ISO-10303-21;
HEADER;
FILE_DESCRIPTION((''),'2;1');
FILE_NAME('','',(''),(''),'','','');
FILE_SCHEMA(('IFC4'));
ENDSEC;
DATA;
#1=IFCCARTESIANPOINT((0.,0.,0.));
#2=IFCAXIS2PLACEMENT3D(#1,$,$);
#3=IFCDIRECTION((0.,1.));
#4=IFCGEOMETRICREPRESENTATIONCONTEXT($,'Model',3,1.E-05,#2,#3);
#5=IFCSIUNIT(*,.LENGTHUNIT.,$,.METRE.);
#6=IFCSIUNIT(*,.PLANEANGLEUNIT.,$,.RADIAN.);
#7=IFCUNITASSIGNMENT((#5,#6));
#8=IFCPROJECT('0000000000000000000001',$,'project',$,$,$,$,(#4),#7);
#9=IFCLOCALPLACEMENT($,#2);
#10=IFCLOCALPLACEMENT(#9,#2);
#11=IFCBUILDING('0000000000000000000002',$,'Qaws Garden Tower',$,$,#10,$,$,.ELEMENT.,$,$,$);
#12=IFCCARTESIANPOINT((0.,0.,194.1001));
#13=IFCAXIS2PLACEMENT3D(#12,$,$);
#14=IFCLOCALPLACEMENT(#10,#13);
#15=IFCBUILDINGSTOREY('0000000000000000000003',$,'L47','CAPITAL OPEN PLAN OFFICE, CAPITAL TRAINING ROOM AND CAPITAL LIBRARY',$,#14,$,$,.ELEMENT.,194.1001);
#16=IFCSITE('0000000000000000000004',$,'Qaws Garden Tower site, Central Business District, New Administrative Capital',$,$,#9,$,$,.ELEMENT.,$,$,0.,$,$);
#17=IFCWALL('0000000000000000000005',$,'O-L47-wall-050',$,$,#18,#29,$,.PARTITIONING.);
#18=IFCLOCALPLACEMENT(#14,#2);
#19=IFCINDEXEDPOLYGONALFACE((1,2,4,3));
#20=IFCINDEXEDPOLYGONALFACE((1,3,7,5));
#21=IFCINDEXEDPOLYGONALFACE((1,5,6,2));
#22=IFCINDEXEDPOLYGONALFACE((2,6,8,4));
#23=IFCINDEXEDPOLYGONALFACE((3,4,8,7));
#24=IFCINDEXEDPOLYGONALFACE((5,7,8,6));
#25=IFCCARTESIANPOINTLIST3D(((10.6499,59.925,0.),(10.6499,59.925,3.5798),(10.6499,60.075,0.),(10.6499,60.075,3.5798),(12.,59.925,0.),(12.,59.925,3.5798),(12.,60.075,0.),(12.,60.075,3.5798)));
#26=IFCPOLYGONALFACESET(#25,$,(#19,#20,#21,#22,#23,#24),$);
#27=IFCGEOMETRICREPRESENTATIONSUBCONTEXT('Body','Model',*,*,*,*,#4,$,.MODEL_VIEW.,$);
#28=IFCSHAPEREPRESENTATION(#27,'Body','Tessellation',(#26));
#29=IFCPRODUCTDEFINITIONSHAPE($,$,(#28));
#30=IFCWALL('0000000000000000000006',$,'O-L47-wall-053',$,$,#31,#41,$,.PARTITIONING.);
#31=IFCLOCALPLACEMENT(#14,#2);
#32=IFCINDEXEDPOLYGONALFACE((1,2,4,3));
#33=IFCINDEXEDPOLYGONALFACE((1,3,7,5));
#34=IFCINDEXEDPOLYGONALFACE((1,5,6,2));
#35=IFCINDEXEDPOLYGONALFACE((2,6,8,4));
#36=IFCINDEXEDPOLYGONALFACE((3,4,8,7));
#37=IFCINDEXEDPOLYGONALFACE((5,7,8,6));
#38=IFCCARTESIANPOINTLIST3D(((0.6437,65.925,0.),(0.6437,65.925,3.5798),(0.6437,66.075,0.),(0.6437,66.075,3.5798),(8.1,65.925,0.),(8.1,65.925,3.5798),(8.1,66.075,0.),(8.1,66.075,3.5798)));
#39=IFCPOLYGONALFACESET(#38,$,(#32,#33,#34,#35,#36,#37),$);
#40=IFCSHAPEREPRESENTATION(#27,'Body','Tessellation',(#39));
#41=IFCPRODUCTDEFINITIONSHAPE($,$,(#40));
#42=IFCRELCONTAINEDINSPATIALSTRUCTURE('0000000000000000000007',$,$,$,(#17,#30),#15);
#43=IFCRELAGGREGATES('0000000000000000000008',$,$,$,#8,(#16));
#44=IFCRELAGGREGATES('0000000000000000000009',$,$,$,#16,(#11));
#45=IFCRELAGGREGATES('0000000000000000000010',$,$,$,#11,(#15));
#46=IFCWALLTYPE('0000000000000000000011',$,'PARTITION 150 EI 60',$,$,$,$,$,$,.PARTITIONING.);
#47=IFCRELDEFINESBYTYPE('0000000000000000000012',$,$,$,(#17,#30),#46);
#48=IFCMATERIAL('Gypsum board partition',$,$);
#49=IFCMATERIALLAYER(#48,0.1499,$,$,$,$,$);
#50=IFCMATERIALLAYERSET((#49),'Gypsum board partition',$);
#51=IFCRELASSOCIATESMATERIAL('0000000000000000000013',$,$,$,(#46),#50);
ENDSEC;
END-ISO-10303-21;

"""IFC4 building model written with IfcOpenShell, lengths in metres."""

from ifc_helpers import new_model, si_unit, direction, frame, frame_2d, origin, place, context, subcontext, project, spatial, rectangle, extrude, material, layer, layer_set, type_object, element, save


model = new_model("IFC4")

# Units and contexts
model_context = context("Model", 3, precision=1e-05, world=origin(), true_north=direction((0.0, 1.0)))
body_context = subcontext(model_context, "Body", "Model", "MODEL_VIEW")
ifc_project = project(units=[si_unit("LENGTHUNIT", "METRE"), si_unit("PLANEANGLEUNIT", "RADIAN")], contexts=[model_context])

# Site, building, storey
site_placement = place(None, origin())
site = spatial("IfcSite", under=ifc_project, at=site_placement, Name="Qaws Garden Tower site, Central Business District, New Administrative Capital", CompositionType="ELEMENT", RefElevation=0.0)
building_placement = place(site_placement, origin())
building = spatial("IfcBuilding", under=site, at=building_placement, Name="Qaws Garden Tower", CompositionType="ELEMENT")
storey_placement = place(building_placement, frame((0.0, 0.0, 194.1001)))
storey = spatial("IfcBuildingStorey", under=building, at=storey_placement, Name="L47", Description="CAPITAL OPEN PLAN OFFICE, CAPITAL TRAINING ROOM AND CAPITAL LIBRARY", CompositionType="ELEMENT", Elevation=194.1001)

# Shared definitions
ifc_material_1 = material(Name="Gypsum board partition")
ifc_layer_1 = layer(ifc_material_1, 0.1499)
ifc_layer_set_1 = layer_set([ifc_layer_1], Name="Gypsum board partition")
wall_type_1 = type_object("IfcWallType", Name="PARTITION 150 EI 60", PredefinedType="PARTITIONING", material=ifc_layer_set_1)

# Walls
wall_1_placement = place(storey_placement, frame((10.6499, 60.0, 0.0), z_axis=(0.0, 0.0, 1.0), x_axis=(1.0, 0.0, 0.0)))
element("IfcWall", 1, at=wall_1_placement, inside=storey, type_object=wall_type_1, Name="O-L47-wall-050", PredefinedType="PARTITIONING", context=body_context, shape_type="SweptSolid", body=[
    extrude(rectangle(XDim=1.3501, YDim=0.1499, at=frame_2d((0.675, 0.0))), origin(), (0.0, 0.0, 1.0), 3.5798),
])
wall_2_placement = place(storey_placement, frame((0.6438, 66.0, 0.0), z_axis=(0.0, 0.0, 1.0), x_axis=(1.0, 0.0, 0.0)))
element("IfcWall", 2, at=wall_2_placement, inside=storey, type_object=wall_type_1, Name="O-L47-wall-053", PredefinedType="PARTITIONING", context=body_context, shape_type="SweptSolid", body=[
    extrude(rectangle(XDim=7.4563, YDim=0.1499, at=frame_2d((3.728, 0.0))), origin(), (0.0, 0.0, 1.0), 3.5798),
])

save(model, "model.ifc")
